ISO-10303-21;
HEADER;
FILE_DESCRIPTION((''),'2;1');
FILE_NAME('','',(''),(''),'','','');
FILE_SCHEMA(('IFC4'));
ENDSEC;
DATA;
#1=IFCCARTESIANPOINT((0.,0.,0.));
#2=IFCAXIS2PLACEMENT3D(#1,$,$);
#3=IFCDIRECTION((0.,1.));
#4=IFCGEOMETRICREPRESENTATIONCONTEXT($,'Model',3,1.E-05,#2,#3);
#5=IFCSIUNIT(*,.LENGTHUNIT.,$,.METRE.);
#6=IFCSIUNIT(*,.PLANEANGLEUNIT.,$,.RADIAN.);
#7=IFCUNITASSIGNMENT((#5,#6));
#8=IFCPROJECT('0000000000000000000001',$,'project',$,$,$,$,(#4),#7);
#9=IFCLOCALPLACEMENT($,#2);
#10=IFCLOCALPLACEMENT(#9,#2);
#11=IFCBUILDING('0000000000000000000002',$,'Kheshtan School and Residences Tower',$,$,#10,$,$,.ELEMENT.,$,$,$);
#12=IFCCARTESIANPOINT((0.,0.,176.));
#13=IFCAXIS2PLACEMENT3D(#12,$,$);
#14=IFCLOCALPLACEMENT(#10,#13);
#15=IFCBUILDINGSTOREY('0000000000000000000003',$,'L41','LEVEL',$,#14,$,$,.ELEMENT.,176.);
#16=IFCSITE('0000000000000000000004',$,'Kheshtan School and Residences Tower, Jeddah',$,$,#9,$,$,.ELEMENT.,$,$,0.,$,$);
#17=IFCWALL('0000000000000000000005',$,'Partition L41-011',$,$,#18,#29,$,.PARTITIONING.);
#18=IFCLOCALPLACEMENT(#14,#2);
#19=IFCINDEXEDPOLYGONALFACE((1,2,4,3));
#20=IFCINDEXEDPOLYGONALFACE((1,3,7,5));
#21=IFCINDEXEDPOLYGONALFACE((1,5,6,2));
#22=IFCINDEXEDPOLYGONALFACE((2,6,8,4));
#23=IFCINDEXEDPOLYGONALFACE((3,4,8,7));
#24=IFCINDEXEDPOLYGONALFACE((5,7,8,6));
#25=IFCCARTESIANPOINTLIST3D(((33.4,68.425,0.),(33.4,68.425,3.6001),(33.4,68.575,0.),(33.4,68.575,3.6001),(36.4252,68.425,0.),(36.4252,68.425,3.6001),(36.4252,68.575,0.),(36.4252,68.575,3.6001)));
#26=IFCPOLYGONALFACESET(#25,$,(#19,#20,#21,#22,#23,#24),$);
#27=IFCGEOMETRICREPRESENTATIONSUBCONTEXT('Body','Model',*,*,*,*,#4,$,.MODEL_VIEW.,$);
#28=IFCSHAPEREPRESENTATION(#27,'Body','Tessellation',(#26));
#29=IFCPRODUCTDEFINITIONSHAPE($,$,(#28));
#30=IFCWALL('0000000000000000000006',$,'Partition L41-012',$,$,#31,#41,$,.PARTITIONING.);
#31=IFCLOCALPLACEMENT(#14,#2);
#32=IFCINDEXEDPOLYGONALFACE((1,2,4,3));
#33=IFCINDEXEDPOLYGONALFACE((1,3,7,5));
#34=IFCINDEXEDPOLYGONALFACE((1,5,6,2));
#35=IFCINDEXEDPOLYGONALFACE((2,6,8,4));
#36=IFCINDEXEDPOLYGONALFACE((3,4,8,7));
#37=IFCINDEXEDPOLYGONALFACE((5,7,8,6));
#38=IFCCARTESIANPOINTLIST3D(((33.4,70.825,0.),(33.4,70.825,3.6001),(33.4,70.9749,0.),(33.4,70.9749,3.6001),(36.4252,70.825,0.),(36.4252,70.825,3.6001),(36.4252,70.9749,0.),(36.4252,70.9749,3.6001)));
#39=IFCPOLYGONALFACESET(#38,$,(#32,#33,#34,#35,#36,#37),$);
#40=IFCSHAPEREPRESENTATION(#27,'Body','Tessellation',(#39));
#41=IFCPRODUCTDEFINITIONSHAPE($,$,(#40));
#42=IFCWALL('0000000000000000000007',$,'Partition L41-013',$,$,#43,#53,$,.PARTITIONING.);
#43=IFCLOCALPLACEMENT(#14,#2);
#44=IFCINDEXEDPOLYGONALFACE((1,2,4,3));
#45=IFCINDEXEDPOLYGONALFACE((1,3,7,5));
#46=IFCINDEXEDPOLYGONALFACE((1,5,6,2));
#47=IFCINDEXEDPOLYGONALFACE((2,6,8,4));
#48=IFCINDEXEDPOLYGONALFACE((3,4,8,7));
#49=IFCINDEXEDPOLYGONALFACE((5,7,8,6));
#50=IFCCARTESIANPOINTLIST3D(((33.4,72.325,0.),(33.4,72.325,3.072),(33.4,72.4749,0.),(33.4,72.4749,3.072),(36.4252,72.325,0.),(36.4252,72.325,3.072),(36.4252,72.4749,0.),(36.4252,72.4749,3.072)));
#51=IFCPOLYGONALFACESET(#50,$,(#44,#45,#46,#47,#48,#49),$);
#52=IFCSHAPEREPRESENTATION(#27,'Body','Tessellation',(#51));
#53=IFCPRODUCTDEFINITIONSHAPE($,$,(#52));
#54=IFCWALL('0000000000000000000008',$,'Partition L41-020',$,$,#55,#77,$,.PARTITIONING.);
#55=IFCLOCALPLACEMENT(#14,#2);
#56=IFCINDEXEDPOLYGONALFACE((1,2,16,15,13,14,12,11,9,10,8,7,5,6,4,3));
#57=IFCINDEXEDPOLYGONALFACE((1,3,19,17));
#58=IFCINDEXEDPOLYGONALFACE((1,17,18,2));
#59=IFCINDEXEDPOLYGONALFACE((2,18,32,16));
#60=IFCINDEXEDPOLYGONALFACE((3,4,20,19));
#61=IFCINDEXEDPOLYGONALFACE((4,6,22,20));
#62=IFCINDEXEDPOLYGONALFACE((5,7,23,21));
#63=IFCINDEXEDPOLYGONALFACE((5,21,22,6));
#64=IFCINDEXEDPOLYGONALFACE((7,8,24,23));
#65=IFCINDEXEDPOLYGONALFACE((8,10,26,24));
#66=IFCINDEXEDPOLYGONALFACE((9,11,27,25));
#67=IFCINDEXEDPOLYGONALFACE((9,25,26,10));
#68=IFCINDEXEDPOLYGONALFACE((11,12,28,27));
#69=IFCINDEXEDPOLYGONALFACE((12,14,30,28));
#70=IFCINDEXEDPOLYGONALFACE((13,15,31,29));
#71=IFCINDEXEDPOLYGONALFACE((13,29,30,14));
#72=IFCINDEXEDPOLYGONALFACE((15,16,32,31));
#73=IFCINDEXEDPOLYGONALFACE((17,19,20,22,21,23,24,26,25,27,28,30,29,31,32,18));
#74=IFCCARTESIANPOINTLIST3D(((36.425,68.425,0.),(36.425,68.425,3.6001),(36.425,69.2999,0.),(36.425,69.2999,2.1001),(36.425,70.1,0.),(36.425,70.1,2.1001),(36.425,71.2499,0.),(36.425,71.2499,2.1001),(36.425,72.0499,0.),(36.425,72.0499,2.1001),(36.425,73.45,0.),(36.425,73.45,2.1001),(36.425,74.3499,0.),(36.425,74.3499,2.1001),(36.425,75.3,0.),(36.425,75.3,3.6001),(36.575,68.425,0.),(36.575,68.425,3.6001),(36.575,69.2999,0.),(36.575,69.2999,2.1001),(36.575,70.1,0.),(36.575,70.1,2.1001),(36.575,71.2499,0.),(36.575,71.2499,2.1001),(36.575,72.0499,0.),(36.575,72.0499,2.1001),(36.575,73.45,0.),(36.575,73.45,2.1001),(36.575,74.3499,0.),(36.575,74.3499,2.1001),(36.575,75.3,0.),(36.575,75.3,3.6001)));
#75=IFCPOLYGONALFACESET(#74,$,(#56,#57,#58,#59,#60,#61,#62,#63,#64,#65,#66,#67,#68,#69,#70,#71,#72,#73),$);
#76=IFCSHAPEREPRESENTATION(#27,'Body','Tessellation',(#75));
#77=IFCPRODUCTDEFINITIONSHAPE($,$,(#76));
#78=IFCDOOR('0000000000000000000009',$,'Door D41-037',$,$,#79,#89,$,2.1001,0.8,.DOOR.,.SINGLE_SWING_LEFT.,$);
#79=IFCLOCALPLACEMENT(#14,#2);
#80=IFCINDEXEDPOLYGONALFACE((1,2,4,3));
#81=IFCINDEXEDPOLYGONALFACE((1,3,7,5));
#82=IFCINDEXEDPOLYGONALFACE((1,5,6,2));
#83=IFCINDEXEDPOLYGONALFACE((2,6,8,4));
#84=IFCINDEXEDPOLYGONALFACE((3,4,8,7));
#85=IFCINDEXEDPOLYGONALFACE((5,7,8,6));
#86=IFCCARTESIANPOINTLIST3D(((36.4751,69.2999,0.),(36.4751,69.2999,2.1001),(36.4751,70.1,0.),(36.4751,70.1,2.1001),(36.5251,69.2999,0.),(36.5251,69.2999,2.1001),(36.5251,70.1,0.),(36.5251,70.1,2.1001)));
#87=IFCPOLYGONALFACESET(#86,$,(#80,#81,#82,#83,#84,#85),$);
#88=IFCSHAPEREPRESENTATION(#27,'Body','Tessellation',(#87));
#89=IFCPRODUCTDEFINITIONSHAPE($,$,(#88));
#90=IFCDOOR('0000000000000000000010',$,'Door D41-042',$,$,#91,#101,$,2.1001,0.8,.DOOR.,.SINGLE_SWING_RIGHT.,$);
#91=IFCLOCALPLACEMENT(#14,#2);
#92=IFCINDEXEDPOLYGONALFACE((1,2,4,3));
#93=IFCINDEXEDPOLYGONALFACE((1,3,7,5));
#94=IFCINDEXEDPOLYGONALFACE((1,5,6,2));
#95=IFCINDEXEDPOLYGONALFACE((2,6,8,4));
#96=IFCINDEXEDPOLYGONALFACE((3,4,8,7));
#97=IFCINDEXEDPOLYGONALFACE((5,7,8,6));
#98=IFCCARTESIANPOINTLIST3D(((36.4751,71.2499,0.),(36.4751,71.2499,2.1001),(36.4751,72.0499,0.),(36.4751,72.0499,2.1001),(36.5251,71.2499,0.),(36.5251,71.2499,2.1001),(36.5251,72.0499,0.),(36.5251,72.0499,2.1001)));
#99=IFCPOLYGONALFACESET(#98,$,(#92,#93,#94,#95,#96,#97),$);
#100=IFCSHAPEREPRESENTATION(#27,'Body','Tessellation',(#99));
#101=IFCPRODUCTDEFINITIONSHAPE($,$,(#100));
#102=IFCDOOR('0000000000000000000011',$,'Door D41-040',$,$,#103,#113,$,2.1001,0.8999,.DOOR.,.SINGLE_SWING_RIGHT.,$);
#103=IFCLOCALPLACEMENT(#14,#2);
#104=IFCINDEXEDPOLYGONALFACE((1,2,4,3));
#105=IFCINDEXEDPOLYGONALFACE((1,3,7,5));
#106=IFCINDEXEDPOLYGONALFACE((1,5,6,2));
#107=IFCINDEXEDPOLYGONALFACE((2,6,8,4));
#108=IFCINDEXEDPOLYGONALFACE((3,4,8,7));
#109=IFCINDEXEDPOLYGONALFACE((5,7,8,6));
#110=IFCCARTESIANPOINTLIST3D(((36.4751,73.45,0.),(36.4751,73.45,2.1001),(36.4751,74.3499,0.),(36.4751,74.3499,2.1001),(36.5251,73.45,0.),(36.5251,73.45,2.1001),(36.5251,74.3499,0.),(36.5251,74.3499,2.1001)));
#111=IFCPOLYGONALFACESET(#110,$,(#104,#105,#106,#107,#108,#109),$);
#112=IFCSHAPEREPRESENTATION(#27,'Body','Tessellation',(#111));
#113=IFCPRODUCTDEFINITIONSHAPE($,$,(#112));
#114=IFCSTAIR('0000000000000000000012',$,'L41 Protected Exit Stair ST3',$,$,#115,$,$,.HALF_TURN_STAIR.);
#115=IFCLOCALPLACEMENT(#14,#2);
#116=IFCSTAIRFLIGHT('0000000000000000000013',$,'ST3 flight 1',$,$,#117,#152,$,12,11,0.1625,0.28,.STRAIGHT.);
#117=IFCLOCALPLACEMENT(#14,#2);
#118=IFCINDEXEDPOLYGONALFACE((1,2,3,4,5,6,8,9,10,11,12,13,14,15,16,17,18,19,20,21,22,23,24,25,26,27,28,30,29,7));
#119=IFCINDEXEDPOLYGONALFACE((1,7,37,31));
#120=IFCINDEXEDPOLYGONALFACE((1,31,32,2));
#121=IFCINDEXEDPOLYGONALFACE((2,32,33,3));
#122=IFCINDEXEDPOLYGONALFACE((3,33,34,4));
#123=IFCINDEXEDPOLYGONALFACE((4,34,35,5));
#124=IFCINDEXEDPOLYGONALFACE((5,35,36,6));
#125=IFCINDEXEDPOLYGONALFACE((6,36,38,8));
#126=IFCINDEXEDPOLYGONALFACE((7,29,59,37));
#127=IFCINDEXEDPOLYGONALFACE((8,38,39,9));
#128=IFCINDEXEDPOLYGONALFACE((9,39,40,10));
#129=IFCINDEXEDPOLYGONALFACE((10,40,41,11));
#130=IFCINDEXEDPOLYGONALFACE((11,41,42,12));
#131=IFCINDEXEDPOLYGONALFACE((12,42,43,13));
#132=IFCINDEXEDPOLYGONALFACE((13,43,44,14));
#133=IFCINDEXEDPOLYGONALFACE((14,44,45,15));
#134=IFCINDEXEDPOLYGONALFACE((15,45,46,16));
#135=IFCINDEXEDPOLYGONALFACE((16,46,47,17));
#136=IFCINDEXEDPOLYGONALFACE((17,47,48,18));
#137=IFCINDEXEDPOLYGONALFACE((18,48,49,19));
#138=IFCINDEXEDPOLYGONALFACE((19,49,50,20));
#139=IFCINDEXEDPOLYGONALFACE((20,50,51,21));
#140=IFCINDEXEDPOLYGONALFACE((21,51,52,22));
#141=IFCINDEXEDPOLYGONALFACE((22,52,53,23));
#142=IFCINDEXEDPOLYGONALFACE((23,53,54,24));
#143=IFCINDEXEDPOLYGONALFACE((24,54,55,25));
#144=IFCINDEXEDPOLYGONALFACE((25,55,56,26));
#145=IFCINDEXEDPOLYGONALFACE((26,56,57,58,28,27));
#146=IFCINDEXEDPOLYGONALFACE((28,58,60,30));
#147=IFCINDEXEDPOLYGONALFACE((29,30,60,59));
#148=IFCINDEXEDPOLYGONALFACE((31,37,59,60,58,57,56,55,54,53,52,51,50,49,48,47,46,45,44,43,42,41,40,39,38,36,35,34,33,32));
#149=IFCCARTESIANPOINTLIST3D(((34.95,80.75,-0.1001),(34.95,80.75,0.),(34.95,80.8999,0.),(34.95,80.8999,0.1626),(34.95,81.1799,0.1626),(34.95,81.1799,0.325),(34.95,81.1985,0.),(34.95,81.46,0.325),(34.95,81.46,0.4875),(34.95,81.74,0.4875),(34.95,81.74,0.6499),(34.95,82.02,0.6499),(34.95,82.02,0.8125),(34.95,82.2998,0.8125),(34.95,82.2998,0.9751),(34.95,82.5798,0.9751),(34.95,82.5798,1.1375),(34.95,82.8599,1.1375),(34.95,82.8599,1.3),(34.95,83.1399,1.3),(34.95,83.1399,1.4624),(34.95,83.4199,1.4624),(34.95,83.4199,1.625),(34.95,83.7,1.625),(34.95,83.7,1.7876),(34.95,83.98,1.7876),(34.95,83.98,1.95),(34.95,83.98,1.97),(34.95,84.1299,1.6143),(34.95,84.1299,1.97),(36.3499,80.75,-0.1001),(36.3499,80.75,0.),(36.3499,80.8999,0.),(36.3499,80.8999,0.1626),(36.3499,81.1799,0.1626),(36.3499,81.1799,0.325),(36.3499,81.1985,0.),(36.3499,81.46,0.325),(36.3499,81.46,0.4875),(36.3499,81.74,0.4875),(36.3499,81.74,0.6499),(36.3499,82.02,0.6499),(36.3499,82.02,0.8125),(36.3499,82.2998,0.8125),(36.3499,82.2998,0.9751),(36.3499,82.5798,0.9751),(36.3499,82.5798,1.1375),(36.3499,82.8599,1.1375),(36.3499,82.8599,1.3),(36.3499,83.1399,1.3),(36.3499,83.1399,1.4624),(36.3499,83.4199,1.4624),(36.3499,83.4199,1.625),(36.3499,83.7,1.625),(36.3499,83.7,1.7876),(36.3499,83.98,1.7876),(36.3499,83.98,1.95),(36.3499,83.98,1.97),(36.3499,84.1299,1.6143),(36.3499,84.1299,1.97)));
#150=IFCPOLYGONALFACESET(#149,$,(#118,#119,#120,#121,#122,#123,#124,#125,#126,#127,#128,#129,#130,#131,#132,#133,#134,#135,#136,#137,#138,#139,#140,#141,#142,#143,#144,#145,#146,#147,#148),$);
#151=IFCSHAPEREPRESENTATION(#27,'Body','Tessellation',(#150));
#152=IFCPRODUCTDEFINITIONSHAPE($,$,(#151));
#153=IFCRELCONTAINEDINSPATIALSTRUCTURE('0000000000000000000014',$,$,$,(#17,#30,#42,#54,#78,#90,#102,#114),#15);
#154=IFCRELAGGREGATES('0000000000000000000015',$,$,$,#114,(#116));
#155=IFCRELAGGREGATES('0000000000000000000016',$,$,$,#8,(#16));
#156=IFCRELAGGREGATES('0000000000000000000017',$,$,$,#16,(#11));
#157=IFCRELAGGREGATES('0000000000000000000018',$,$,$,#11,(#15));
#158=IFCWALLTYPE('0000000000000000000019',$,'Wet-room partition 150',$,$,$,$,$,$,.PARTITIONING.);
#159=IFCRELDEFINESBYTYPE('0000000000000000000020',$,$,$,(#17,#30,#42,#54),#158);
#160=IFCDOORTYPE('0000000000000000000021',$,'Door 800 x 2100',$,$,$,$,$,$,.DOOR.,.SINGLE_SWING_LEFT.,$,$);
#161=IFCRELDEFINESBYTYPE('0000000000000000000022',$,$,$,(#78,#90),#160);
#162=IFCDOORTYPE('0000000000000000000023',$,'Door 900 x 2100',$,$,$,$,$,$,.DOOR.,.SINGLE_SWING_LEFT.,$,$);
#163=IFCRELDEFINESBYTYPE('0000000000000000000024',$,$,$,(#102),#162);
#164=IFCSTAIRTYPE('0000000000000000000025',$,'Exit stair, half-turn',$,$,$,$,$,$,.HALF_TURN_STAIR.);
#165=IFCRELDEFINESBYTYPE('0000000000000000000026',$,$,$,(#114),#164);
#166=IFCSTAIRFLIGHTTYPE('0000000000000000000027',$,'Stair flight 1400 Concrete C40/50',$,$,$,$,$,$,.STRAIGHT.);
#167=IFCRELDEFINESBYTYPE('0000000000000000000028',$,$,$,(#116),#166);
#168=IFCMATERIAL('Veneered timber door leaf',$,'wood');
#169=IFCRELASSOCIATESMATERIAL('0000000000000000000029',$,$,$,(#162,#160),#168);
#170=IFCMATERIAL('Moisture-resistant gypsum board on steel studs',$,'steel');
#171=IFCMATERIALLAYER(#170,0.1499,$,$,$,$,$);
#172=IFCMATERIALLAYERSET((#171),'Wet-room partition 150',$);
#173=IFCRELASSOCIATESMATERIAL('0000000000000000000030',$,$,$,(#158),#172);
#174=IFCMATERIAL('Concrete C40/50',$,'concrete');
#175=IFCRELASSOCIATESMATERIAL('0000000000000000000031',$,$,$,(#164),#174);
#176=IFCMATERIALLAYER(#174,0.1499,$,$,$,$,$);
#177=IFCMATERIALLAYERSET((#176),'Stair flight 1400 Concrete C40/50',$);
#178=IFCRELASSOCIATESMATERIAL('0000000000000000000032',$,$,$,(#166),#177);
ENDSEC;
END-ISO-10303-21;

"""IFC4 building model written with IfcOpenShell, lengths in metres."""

from ifc_helpers import new_model, si_unit, direction, frame, frame_2d, origin, place, context, subcontext, project, spatial, polyline, rectangle, outline, extrude, source, transform, mapped, material, layer, layer_set, type_object, element, fill, aggregate, save


model = new_model("IFC4")

# Units and contexts
model_context = context("Model", 3, precision=1e-05, world=origin(), true_north=direction((0.0, 1.0)))
body_context = subcontext(model_context, "Body", "Model", "MODEL_VIEW")
ifc_project = project(units=[si_unit("LENGTHUNIT", "METRE"), si_unit("PLANEANGLEUNIT", "RADIAN")], contexts=[model_context])

# Site, building, storey
site_placement = place(None, origin())
site = spatial("IfcSite", under=ifc_project, at=site_placement, Name="Kheshtan School and Residences Tower, Jeddah", CompositionType="ELEMENT", RefElevation=0.0)
building_placement = place(site_placement, origin())
building = spatial("IfcBuilding", under=site, at=building_placement, Name="Kheshtan School and Residences Tower", CompositionType="ELEMENT")
storey_placement = place(building_placement, frame((0.0, 0.0, 176.0)))
storey = spatial("IfcBuildingStorey", under=building, at=storey_placement, Name="L41", Description="LEVEL", CompositionType="ELEMENT", Elevation=176.0)

# Shared definitions
ifc_material_1 = material(Name="Veneered timber door leaf", Category="wood")
door_type_1 = type_object("IfcDoorType", Name="Door 900 x 2100", OperationType="SINGLE_SWING_LEFT", PredefinedType="DOOR", material=ifc_material_1)
shared_shape_1 = source(origin(), body_context, "Body", "SweptSolid", [
    extrude(rectangle(XDim=0.8999, YDim=2.1001, at=frame_2d((0.45, 1.05))), frame((0.0, 0.0249, 0.0), z_axis=(0.0, -1.0, 0.0), x_axis=(1.0, 0.0, 0.0)), (0.0, 0.0, 1.0), 0.05),
])

# Shared definitions
ifc_material_2 = material(Name="Concrete C40/50", Category="concrete")

# Walls
ifc_material_3 = material(Name="Moisture-resistant gypsum board on steel studs", Category="steel")
ifc_layer_1 = layer(ifc_material_3, 0.1499)
ifc_layer_set_1 = layer_set([ifc_layer_1], Name="Wet-room partition 150")
wall_type_1 = type_object("IfcWallType", Name="Wet-room partition 150", PredefinedType="PARTITIONING", material=ifc_layer_set_1)
for number, where, z_axis, x_axis, name in (
    (1, (33.3999, 68.5, 0.0), (0.0, 0.0, 1.0), (1.0, 0.0, 0.0), "Partition L41-011"),
    (2, (33.3999, 70.8999, 0.0), (0.0, 0.0, 1.0), (1.0, 0.0, 0.0), "Partition L41-012"),
):
    element("IfcWall", number, at=place(storey_placement, frame(where, z_axis=z_axis, x_axis=x_axis)), inside=storey, type_object=wall_type_1, Name=name, PredefinedType="PARTITIONING", context=body_context, shape_type="SweptSolid", body=[
        extrude(rectangle(XDim=3.0251, YDim=0.1499, at=frame_2d((1.5127, 0.0))), origin(), (0.0, 0.0, 1.0), 3.6001),
    ])
wall_1_placement = place(storey_placement, frame((33.3999, 72.3999, 0.0), z_axis=(0.0, 0.0, 1.0), x_axis=(1.0, 0.0, 0.0)))
element("IfcWall", 3, at=wall_1_placement, inside=storey, type_object=wall_type_1, Name="Partition L41-013", PredefinedType="PARTITIONING", context=body_context, shape_type="SweptSolid", body=[
    extrude(rectangle(XDim=3.0251, YDim=0.1499, at=frame_2d((1.5127, 0.0))), origin(), (0.0, 0.0, 1.0), 3.072),
])

# Wall, openings, doors
wall_2_placement = place(storey_placement, frame((36.5, 68.425, 0.0), z_axis=(0.0, 0.0, 1.0), x_axis=(0.0, 1.0, 0.0)))
wall_2 = element("IfcWall", 4, at=wall_2_placement, inside=storey, type_object=wall_type_1, Name="Partition L41-020", PredefinedType="PARTITIONING", context=body_context, shape_type="SweptSolid", body=[
    extrude(rectangle(XDim=6.875, YDim=0.1499, at=frame_2d((3.4375, 0.0))), origin(), (0.0, 0.0, 1.0), 3.6001),
])
opening_1_placement = place(wall_2_placement, frame((0.875, 0.0, 0.0)))
opening_1 = element("IfcOpeningElement", 5, at=opening_1_placement, cuts=wall_2, PredefinedType="OPENING", context=body_context, shape_type="SweptSolid", body=[
    extrude(rectangle(XDim=0.8, YDim=2.1001, at=frame_2d((0.3999, 1.05))), frame((0.0, 0.085, 0.0), z_axis=(0.0, -1.0, 0.0), x_axis=(1.0, 0.0, 0.0)), (0.0, 0.0, 1.0), 0.1699),
])
opening_2_placement = place(wall_2_placement, frame((5.0249, 0.0, 0.0)))
opening_2 = element("IfcOpeningElement", 6, at=opening_2_placement, cuts=wall_2, PredefinedType="OPENING", context=body_context, shape_type="SweptSolid", body=[
    extrude(rectangle(XDim=0.8999, YDim=2.1001, at=frame_2d((0.45, 1.05))), frame((0.0, 0.085, 0.0), z_axis=(0.0, -1.0, 0.0), x_axis=(1.0, 0.0, 0.0)), (0.0, 0.0, 1.0), 0.1699),
])
opening_3_placement = place(wall_2_placement, frame((2.825, 0.0, 0.0)))
opening_3 = element("IfcOpeningElement", 7, at=opening_3_placement, cuts=wall_2, PredefinedType="OPENING", context=body_context, shape_type="SweptSolid", body=[
    extrude(rectangle(XDim=0.8, YDim=2.1001, at=frame_2d((0.3999, 1.05))), frame((0.0, 0.085, 0.0), z_axis=(0.0, -1.0, 0.0), x_axis=(1.0, 0.0, 0.0)), (0.0, 0.0, 1.0), 0.1699),
])
door_type_2 = type_object("IfcDoorType", Name="Door 800 x 2100", OperationType="SINGLE_SWING_LEFT", PredefinedType="DOOR", material=ifc_material_1)
shared_shape_2 = source(origin(), body_context, "Body", "SweptSolid", [
    extrude(rectangle(XDim=0.8, YDim=2.1001, at=frame_2d((0.3999, 1.05))), frame((0.0, 0.0249, 0.0), z_axis=(0.0, -1.0, 0.0), x_axis=(1.0, 0.0, 0.0)), (0.0, 0.0, 1.0), 0.05),
])
door_1_placement = place(opening_1_placement, origin())
door_1 = element("IfcDoor", 8, at=door_1_placement, inside=storey, type_object=door_type_2, Name="Door D41-037", OperationType="SINGLE_SWING_LEFT", OverallHeight=2.1001, OverallWidth=0.8, PredefinedType="DOOR", context=body_context, shape_type="MappedRepresentation", body=[
    mapped(shared_shape_2, transform((0.0, 0.0, 0.0), x_axis=(1.0, 0.0, 0.0), y_axis=(0.0, 1.0, 0.0), z_axis=(0.0, 0.0, 1.0), scale=1.0)),
])
fill(opening_1, door_1)
door_2_placement = place(opening_3_placement, origin())
door_2 = element("IfcDoor", 9, at=door_2_placement, inside=storey, type_object=door_type_2, Name="Door D41-042", OperationType="SINGLE_SWING_RIGHT", OverallHeight=2.1001, OverallWidth=0.8, PredefinedType="DOOR", context=body_context, shape_type="MappedRepresentation", body=[
    mapped(shared_shape_2, transform((0.0, 0.0, 0.0), x_axis=(1.0, 0.0, 0.0), y_axis=(0.0, 1.0, 0.0), z_axis=(0.0, 0.0, 1.0), scale=1.0)),
])
fill(opening_3, door_2)
door_3_placement = place(opening_2_placement, origin())
door_3 = element("IfcDoor", 10, at=door_3_placement, inside=storey, type_object=door_type_1, Name="Door D41-040", OperationType="SINGLE_SWING_RIGHT", OverallHeight=2.1001, OverallWidth=0.8999, PredefinedType="DOOR", context=body_context, shape_type="MappedRepresentation", body=[
    mapped(shared_shape_1, transform((0.0, 0.0, 0.0), x_axis=(1.0, 0.0, 0.0), y_axis=(0.0, 1.0, 0.0), z_axis=(0.0, 0.0, 1.0), scale=1.0)),
])
fill(opening_2, door_3)

# Stair, stair flight
stair_type = type_object("IfcStairType", Name="Exit stair, half-turn", PredefinedType="HALF_TURN_STAIR", material=ifc_material_2)
stair_placement = place(storey_placement, origin())
stair = element("IfcStair", 11, at=stair_placement, inside=storey, type_object=stair_type, Name="L41 Protected Exit Stair ST3", PredefinedType="HALF_TURN_STAIR")
ifc_layer_2 = layer(ifc_material_2, 0.1499)
ifc_layer_set_2 = layer_set([ifc_layer_2], Name="Stair flight 1400 Concrete C40/50")
stair_flight_type = type_object("IfcStairFlightType", Name="Stair flight 1400 Concrete C40/50", PredefinedType="STRAIGHT", material=ifc_layer_set_2)
stair_flight_placement = place(storey_placement, frame((35.6499, 80.8999, 0.0), z_axis=(0.0, 0.0, 1.0), x_axis=(0.0, 1.0, 0.0)))
stair_flight = element("IfcStairFlight", 12, at=stair_flight_placement, type_object=stair_flight_type, Name="ST3 flight 1", NumberOfRisers=12, NumberOfTreads=11, PredefinedType="STRAIGHT", RiserHeight=0.1625, TreadLength=0.28, context=body_context, shape_type="SweptSolid", body=[
    extrude(outline(polyline([(-0.1499, -0.1001), (-0.1499, 0.0), (0.0, 0.0), (0.0, 0.1626), (0.28, 0.1626), (0.28, 0.325), (0.5601, 0.325), (0.5601, 0.4875), (0.8401, 0.4875), (0.8401, 0.6499), (1.1201, 0.6499), (1.1201, 0.8125), (1.3999, 0.8125), (1.3999, 0.9751), (1.6799, 0.9751), (1.6799, 1.1375), (1.96, 1.1375), (1.96, 1.3), (2.24, 1.3), (2.24, 1.4624), (2.52, 1.4624), (2.52, 1.625), (2.8, 1.625), (2.8, 1.7876), (3.0801, 1.7876), (3.0801, 1.95), (3.0801, 1.97), (3.23, 1.97), (3.23, 1.6143), (0.2986, 0.0), (-0.1499, -0.1001)])), frame((0.0, 0.7, 0.0), z_axis=(0.0, -1.0, 0.0), x_axis=(1.0, 0.0, 0.0)), (0.0, 0.0, 1.0), 1.3999),
])
aggregate(stair, [stair_flight])

save(model, "model.ifc")
